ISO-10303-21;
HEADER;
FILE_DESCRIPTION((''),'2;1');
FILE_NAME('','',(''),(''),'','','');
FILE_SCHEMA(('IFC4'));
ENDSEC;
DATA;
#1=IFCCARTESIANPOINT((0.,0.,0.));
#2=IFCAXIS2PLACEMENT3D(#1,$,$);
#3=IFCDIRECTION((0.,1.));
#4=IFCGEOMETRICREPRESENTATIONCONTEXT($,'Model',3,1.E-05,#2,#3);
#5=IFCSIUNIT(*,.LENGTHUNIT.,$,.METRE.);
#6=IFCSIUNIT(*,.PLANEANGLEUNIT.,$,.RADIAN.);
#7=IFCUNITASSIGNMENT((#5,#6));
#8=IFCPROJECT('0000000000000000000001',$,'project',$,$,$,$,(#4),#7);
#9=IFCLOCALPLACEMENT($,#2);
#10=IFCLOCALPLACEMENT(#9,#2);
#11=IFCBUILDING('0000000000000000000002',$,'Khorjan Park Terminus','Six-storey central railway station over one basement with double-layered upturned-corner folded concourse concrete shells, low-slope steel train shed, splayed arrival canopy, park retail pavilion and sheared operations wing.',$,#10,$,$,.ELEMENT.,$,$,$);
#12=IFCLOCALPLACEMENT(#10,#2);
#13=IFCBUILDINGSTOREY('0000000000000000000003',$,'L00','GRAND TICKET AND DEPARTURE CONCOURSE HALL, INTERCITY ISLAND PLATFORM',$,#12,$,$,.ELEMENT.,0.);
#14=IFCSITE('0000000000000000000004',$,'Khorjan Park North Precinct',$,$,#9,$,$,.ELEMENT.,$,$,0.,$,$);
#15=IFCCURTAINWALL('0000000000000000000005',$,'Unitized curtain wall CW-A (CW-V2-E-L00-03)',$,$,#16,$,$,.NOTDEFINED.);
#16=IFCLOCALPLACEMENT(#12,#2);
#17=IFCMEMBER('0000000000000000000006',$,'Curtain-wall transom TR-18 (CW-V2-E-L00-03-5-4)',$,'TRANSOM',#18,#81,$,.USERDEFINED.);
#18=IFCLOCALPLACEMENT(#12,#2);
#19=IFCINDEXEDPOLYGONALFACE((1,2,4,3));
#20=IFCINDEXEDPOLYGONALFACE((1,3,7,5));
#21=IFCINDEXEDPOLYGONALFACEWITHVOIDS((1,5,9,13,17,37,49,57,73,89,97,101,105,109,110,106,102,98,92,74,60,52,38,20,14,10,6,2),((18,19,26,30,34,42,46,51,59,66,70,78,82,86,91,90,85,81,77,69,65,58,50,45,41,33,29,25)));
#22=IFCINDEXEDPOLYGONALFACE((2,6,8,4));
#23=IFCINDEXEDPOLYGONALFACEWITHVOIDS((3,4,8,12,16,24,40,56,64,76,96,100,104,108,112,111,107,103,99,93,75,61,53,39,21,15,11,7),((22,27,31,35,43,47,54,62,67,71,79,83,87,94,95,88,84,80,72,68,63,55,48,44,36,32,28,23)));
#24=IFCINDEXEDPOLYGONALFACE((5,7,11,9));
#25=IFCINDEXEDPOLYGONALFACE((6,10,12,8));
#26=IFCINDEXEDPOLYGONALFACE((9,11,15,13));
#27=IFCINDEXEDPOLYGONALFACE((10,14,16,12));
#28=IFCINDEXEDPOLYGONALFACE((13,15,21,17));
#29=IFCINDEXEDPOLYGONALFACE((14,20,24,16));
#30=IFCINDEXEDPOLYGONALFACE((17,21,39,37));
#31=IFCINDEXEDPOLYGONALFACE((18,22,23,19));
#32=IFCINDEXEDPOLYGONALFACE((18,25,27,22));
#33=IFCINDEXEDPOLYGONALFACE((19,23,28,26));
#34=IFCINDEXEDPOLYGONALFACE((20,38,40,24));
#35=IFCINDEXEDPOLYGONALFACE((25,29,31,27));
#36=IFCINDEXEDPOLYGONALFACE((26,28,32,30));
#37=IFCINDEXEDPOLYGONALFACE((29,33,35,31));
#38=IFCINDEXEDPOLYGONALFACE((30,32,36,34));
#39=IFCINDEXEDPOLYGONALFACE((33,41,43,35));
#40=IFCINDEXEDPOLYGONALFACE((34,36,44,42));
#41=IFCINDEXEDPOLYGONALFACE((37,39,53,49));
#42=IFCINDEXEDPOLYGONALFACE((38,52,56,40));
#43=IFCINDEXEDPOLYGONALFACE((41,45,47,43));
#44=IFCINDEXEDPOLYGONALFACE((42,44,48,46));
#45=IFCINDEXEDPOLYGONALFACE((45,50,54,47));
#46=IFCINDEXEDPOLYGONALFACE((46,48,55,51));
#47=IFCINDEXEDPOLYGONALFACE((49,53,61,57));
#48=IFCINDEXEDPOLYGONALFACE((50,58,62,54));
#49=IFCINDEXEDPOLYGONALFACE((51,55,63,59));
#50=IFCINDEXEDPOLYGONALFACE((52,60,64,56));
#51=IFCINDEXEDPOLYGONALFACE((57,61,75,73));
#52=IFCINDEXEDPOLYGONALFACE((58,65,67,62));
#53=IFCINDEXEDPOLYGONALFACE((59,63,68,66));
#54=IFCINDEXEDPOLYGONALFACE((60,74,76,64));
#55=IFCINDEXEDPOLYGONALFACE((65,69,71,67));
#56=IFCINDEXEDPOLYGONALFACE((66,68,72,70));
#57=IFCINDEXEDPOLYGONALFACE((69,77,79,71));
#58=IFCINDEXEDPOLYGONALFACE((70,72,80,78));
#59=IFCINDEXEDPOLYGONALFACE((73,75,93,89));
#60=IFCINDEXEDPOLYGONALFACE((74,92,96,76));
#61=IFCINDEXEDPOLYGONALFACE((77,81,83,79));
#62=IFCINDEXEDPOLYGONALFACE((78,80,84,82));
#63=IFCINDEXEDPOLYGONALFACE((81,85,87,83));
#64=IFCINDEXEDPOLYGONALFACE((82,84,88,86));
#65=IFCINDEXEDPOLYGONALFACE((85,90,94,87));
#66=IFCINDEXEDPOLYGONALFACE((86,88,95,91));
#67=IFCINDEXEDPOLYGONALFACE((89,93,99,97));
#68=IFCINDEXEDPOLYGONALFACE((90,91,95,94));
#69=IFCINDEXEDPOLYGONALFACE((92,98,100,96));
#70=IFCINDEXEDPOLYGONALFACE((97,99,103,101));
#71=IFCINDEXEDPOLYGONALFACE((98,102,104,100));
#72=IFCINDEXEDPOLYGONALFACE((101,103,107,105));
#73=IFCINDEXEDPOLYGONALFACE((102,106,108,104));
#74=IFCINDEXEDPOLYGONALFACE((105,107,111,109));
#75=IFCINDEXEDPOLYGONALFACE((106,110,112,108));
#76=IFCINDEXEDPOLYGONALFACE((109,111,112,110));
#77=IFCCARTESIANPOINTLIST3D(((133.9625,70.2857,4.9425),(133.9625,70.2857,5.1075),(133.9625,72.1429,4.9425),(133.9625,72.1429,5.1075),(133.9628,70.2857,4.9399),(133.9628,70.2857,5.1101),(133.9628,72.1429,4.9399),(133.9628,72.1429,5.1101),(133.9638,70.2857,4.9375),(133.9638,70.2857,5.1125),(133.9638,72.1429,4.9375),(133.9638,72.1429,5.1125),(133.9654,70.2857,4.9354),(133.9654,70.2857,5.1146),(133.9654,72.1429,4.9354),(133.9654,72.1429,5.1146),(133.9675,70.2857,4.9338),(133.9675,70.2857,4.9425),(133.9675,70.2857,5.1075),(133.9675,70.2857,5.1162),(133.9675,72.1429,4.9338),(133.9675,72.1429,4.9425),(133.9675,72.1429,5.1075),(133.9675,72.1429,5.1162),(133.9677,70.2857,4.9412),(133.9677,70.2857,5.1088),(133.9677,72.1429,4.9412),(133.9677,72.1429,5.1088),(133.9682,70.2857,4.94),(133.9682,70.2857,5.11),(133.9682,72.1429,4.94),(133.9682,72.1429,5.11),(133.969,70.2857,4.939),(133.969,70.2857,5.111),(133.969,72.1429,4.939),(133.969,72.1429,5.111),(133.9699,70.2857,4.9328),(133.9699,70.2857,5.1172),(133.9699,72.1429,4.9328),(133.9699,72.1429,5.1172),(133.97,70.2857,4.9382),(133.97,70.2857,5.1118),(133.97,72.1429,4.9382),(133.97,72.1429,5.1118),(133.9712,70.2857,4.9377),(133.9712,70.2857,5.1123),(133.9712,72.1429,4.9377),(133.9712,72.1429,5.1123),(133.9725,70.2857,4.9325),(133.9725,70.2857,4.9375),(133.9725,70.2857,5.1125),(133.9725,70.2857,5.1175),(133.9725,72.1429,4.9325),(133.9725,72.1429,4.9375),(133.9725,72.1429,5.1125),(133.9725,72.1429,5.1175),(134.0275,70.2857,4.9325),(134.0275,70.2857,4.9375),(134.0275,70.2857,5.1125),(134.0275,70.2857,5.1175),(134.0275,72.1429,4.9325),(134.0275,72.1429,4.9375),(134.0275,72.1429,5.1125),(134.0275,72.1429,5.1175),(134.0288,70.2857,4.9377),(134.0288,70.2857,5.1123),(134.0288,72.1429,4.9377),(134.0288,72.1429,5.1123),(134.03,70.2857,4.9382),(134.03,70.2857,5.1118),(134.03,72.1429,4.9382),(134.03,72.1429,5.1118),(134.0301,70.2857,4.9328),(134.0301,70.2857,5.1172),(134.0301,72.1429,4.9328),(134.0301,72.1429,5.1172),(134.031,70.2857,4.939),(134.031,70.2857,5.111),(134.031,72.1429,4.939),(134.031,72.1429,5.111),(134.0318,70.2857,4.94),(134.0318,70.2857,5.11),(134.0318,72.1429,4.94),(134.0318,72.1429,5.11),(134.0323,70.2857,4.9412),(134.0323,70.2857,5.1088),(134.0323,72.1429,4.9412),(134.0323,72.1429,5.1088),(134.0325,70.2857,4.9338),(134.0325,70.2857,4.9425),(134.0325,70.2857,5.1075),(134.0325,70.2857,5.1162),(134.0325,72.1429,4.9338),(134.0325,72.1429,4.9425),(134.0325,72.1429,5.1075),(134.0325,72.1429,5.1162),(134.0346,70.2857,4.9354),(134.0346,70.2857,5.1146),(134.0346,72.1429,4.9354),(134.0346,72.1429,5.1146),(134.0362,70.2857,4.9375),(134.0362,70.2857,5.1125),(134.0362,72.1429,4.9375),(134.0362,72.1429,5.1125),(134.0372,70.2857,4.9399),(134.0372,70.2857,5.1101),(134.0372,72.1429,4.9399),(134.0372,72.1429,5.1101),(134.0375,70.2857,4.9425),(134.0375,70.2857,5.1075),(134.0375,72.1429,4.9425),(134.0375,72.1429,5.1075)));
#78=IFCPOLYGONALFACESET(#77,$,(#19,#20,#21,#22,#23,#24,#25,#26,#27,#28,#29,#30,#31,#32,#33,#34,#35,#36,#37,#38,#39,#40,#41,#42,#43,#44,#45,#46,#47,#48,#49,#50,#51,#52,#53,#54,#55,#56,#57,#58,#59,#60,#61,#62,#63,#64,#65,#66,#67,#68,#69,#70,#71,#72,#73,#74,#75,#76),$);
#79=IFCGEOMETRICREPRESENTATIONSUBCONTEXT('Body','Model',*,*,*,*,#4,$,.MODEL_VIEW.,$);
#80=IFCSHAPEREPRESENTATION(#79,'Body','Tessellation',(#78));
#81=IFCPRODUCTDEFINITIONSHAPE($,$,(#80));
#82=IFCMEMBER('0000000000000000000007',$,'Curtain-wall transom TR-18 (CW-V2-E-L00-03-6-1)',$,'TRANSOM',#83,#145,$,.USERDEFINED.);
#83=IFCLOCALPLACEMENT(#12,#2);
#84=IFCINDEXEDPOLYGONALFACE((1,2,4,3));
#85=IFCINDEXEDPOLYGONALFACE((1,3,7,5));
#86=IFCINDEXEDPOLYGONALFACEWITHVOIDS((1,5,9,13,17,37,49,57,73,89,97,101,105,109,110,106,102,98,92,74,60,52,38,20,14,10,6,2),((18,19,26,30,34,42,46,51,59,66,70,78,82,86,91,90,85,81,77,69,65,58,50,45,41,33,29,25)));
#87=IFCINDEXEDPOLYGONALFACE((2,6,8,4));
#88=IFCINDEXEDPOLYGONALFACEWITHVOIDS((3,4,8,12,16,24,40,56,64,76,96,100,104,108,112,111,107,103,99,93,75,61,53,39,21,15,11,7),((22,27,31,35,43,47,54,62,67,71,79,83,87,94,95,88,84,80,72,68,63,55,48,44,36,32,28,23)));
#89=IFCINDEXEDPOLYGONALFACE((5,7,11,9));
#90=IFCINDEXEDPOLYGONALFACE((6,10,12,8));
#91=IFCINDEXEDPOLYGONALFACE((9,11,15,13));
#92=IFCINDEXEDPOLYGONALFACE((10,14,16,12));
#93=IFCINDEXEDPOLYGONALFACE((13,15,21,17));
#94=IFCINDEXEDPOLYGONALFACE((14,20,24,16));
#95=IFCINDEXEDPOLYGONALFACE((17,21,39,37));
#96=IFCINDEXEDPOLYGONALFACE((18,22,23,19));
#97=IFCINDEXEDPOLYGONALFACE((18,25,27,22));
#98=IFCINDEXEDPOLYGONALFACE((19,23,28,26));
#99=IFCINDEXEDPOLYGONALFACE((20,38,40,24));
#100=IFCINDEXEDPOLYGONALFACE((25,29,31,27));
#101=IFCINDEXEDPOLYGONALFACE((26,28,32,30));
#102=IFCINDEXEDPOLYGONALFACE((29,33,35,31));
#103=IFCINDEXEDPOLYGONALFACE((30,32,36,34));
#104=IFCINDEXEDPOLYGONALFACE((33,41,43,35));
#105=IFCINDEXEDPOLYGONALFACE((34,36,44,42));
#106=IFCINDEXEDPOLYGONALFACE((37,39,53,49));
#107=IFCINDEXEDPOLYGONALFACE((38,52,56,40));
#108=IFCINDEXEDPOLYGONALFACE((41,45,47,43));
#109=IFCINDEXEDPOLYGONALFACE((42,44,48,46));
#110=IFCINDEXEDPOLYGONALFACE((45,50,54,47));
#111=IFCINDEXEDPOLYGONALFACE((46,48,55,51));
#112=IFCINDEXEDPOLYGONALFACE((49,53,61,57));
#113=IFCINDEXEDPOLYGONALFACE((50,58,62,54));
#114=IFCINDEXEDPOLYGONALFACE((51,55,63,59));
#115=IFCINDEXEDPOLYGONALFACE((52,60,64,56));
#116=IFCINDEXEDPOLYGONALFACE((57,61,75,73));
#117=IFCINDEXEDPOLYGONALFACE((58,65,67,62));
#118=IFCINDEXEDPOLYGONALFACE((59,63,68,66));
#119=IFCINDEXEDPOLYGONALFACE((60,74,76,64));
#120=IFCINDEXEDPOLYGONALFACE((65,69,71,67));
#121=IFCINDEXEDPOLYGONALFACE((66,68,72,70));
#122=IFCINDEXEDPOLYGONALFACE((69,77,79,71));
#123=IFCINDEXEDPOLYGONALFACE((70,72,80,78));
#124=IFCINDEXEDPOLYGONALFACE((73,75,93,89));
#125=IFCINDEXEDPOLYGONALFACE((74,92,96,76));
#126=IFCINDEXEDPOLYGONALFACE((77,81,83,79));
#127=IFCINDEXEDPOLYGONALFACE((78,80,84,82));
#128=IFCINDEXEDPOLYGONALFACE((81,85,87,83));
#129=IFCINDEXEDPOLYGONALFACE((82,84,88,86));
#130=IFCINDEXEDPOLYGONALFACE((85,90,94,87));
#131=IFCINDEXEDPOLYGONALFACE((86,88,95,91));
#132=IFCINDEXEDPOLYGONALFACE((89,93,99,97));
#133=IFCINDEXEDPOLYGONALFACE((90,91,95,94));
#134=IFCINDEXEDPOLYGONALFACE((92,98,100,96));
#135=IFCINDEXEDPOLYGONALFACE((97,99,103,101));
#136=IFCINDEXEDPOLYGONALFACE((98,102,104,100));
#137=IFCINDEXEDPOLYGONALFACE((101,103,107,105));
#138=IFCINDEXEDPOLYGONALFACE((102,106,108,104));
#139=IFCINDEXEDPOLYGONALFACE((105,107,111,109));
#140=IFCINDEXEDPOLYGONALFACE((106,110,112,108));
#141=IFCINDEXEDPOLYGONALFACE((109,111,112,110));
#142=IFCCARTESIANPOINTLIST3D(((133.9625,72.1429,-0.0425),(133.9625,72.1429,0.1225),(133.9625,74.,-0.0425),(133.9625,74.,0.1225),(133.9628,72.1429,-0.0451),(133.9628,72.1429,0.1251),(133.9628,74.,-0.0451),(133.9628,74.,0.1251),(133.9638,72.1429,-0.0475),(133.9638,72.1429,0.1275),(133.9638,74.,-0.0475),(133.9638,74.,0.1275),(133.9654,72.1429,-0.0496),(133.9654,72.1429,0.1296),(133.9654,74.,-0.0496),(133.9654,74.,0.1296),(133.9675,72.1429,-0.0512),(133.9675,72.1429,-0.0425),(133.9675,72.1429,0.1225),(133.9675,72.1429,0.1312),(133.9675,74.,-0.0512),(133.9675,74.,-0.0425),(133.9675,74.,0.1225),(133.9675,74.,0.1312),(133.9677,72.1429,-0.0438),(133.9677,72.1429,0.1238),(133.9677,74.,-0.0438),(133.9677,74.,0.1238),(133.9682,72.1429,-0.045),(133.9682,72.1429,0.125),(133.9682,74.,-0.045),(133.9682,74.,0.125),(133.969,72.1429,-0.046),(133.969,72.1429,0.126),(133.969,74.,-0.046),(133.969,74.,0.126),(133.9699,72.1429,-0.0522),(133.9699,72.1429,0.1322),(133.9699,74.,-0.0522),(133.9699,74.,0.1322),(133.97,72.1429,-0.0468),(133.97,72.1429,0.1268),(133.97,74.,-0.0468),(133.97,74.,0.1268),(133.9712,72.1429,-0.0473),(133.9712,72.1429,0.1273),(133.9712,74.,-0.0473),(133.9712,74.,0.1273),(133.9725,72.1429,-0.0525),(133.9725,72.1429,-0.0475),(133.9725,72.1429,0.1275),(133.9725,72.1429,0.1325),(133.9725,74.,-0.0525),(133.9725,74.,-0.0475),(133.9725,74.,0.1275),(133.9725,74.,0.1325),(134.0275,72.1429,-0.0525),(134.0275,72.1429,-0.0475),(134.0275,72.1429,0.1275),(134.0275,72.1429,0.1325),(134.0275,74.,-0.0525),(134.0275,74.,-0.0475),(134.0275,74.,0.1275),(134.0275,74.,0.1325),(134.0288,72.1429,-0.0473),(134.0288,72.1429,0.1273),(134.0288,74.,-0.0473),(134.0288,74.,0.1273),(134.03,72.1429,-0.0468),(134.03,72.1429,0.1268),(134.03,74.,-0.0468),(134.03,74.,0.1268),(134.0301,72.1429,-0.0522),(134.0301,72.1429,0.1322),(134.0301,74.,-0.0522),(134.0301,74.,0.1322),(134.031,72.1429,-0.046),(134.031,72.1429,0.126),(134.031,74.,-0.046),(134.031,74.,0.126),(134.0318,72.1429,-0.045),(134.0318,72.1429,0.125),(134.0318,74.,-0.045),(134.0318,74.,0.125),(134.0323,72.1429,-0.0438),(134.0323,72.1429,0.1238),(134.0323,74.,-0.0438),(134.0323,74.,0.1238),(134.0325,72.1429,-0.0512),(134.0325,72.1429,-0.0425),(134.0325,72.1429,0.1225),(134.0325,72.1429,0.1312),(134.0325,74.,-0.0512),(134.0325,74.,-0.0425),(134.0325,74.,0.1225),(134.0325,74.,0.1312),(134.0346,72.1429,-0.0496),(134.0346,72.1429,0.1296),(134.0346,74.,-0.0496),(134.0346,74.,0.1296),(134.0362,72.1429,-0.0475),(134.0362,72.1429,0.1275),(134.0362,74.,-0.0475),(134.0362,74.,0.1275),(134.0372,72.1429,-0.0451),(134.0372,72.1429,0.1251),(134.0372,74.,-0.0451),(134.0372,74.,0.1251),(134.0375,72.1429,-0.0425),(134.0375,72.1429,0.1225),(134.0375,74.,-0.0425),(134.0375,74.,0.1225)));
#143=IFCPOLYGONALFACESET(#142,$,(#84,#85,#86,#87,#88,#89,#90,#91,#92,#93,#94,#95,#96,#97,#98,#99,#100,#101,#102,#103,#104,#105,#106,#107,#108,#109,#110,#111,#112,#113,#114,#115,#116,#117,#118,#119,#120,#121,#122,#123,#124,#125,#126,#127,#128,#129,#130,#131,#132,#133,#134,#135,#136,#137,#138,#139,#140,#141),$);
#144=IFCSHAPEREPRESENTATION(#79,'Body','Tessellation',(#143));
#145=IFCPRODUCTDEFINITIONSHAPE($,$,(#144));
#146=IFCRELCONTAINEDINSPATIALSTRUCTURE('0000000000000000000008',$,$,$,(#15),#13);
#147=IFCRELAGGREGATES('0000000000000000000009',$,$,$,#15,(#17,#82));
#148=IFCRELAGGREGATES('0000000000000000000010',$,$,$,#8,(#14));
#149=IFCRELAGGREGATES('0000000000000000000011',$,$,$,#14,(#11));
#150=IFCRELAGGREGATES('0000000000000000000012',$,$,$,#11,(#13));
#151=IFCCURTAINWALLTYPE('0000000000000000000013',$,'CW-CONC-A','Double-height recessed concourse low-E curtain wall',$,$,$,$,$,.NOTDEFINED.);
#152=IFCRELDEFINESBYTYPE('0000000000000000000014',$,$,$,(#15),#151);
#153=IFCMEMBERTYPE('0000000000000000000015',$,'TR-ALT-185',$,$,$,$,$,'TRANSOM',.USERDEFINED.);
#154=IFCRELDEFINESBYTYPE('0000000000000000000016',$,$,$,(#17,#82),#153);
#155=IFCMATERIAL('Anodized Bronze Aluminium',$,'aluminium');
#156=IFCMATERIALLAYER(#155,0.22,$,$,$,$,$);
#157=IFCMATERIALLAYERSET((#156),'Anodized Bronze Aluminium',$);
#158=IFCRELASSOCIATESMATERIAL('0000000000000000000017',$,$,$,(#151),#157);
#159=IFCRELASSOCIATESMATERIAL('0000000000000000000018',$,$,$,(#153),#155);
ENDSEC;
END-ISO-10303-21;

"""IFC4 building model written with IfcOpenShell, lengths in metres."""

from ifc_helpers import new_model, si_unit, direction, frame, origin, origin_2d, place, context, subcontext, project, spatial, hollow_rectangle, extrude, material, layer, layer_set, material_profile, profile_set, type_object, element, aggregate, save


model = new_model("IFC4")

# Units and contexts
model_context = context("Model", 3, precision=1e-05, world=origin(), true_north=direction((0.0, 1.0)))
body_context = subcontext(model_context, "Body", "Model", "MODEL_VIEW")
ifc_project = project(units=[si_unit("LENGTHUNIT", "METRE"), si_unit("PLANEANGLEUNIT", "RADIAN")], contexts=[model_context])

# Site, building, storey
site_placement = place(None, origin())
site = spatial("IfcSite", under=ifc_project, at=site_placement, Name="Khorjan Park North Precinct", CompositionType="ELEMENT", RefElevation=0.0)
building_placement = place(site_placement, origin())
building = spatial("IfcBuilding", under=site, at=building_placement, Name="Khorjan Park Terminus", Description="Six-storey central railway station over one basement with double-layered upturned-corner folded concourse concrete shells, low-slope steel train shed, splayed arrival canopy, park retail pavilion and sheared operations wing.", CompositionType="ELEMENT")
storey_placement = place(building_placement, origin())
storey = spatial("IfcBuildingStorey", under=building, at=storey_placement, Name="L00", Description="GRAND TICKET AND DEPARTURE CONCOURSE HALL, INTERCITY ISLAND PLATFORM", CompositionType="ELEMENT", Elevation=0.0)

# Curtain wall, members
ifc_material_1 = material(Name="Anodized Bronze Aluminium", Category="aluminium")
ifc_layer_1 = layer(ifc_material_1, 0.22)
ifc_layer_set_1 = layer_set([ifc_layer_1], Name="Anodized Bronze Aluminium")
curtain_wall_type = type_object("IfcCurtainWallType", Name="CW-CONC-A", Description="Double-height recessed concourse low-E curtain wall", PredefinedType="NOTDEFINED", material=ifc_layer_set_1)
curtain_wall_1_placement = place(storey_placement, origin())
curtain_wall_1 = element("IfcCurtainWall", 1, at=curtain_wall_1_placement, inside=storey, type_object=curtain_wall_type, Name="Unitized curtain wall CW-A (CW-V2-E-L00-03)", PredefinedType="NOTDEFINED")
ifc_material_profile_1 = material_profile(ifc_material_1, hollow_rectangle(XDim=0.075, YDim=0.185, WallThickness=0.005, InnerFilletRadius=0.005, OuterFilletRadius=0.01, at=origin_2d()), Name="ALT 75x185x5")
ifc_profile_set_1 = profile_set([ifc_material_profile_1], Name="Anodized Bronze Aluminium")
member_type_1 = type_object("IfcMemberType", Name="TR-ALT-185", ElementType="TRANSOM", PredefinedType="USERDEFINED", material=ifc_profile_set_1)
member_1_placement = place(storey_placement, frame((134.0, 70.2857, 5.025), z_axis=(0.0, 1.0, 0.0), x_axis=(-1.0, 0.0, 0.0)))
member_1 = element("IfcMember", 2, at=member_1_placement, type_object=member_type_1, Name="Curtain-wall transom TR-18 (CW-V2-E-L00-03-5-4)", ObjectType="TRANSOM", PredefinedType="USERDEFINED", context=body_context, shape_type="SweptSolid", body=[
    extrude(hollow_rectangle(XDim=0.075, YDim=0.185, WallThickness=0.005, InnerFilletRadius=0.005, OuterFilletRadius=0.01, at=origin_2d()), origin(), (0.0, 0.0, 1.0), 1.8572),
])
member_2_placement = place(storey_placement, frame((134.0, 72.1429, 0.04), z_axis=(0.0, 1.0, 0.0), x_axis=(-1.0, 0.0, 0.0)))
member_2 = element("IfcMember", 3, at=member_2_placement, type_object=member_type_1, Name="Curtain-wall transom TR-18 (CW-V2-E-L00-03-6-1)", ObjectType="TRANSOM", PredefinedType="USERDEFINED", context=body_context, shape_type="SweptSolid", body=[
    extrude(hollow_rectangle(XDim=0.075, YDim=0.185, WallThickness=0.005, InnerFilletRadius=0.005, OuterFilletRadius=0.01, at=origin_2d()), origin(), (0.0, 0.0, 1.0), 1.8571),
])

aggregate(curtain_wall_1, [member_1, member_2])

save(model, "model.ifc")
